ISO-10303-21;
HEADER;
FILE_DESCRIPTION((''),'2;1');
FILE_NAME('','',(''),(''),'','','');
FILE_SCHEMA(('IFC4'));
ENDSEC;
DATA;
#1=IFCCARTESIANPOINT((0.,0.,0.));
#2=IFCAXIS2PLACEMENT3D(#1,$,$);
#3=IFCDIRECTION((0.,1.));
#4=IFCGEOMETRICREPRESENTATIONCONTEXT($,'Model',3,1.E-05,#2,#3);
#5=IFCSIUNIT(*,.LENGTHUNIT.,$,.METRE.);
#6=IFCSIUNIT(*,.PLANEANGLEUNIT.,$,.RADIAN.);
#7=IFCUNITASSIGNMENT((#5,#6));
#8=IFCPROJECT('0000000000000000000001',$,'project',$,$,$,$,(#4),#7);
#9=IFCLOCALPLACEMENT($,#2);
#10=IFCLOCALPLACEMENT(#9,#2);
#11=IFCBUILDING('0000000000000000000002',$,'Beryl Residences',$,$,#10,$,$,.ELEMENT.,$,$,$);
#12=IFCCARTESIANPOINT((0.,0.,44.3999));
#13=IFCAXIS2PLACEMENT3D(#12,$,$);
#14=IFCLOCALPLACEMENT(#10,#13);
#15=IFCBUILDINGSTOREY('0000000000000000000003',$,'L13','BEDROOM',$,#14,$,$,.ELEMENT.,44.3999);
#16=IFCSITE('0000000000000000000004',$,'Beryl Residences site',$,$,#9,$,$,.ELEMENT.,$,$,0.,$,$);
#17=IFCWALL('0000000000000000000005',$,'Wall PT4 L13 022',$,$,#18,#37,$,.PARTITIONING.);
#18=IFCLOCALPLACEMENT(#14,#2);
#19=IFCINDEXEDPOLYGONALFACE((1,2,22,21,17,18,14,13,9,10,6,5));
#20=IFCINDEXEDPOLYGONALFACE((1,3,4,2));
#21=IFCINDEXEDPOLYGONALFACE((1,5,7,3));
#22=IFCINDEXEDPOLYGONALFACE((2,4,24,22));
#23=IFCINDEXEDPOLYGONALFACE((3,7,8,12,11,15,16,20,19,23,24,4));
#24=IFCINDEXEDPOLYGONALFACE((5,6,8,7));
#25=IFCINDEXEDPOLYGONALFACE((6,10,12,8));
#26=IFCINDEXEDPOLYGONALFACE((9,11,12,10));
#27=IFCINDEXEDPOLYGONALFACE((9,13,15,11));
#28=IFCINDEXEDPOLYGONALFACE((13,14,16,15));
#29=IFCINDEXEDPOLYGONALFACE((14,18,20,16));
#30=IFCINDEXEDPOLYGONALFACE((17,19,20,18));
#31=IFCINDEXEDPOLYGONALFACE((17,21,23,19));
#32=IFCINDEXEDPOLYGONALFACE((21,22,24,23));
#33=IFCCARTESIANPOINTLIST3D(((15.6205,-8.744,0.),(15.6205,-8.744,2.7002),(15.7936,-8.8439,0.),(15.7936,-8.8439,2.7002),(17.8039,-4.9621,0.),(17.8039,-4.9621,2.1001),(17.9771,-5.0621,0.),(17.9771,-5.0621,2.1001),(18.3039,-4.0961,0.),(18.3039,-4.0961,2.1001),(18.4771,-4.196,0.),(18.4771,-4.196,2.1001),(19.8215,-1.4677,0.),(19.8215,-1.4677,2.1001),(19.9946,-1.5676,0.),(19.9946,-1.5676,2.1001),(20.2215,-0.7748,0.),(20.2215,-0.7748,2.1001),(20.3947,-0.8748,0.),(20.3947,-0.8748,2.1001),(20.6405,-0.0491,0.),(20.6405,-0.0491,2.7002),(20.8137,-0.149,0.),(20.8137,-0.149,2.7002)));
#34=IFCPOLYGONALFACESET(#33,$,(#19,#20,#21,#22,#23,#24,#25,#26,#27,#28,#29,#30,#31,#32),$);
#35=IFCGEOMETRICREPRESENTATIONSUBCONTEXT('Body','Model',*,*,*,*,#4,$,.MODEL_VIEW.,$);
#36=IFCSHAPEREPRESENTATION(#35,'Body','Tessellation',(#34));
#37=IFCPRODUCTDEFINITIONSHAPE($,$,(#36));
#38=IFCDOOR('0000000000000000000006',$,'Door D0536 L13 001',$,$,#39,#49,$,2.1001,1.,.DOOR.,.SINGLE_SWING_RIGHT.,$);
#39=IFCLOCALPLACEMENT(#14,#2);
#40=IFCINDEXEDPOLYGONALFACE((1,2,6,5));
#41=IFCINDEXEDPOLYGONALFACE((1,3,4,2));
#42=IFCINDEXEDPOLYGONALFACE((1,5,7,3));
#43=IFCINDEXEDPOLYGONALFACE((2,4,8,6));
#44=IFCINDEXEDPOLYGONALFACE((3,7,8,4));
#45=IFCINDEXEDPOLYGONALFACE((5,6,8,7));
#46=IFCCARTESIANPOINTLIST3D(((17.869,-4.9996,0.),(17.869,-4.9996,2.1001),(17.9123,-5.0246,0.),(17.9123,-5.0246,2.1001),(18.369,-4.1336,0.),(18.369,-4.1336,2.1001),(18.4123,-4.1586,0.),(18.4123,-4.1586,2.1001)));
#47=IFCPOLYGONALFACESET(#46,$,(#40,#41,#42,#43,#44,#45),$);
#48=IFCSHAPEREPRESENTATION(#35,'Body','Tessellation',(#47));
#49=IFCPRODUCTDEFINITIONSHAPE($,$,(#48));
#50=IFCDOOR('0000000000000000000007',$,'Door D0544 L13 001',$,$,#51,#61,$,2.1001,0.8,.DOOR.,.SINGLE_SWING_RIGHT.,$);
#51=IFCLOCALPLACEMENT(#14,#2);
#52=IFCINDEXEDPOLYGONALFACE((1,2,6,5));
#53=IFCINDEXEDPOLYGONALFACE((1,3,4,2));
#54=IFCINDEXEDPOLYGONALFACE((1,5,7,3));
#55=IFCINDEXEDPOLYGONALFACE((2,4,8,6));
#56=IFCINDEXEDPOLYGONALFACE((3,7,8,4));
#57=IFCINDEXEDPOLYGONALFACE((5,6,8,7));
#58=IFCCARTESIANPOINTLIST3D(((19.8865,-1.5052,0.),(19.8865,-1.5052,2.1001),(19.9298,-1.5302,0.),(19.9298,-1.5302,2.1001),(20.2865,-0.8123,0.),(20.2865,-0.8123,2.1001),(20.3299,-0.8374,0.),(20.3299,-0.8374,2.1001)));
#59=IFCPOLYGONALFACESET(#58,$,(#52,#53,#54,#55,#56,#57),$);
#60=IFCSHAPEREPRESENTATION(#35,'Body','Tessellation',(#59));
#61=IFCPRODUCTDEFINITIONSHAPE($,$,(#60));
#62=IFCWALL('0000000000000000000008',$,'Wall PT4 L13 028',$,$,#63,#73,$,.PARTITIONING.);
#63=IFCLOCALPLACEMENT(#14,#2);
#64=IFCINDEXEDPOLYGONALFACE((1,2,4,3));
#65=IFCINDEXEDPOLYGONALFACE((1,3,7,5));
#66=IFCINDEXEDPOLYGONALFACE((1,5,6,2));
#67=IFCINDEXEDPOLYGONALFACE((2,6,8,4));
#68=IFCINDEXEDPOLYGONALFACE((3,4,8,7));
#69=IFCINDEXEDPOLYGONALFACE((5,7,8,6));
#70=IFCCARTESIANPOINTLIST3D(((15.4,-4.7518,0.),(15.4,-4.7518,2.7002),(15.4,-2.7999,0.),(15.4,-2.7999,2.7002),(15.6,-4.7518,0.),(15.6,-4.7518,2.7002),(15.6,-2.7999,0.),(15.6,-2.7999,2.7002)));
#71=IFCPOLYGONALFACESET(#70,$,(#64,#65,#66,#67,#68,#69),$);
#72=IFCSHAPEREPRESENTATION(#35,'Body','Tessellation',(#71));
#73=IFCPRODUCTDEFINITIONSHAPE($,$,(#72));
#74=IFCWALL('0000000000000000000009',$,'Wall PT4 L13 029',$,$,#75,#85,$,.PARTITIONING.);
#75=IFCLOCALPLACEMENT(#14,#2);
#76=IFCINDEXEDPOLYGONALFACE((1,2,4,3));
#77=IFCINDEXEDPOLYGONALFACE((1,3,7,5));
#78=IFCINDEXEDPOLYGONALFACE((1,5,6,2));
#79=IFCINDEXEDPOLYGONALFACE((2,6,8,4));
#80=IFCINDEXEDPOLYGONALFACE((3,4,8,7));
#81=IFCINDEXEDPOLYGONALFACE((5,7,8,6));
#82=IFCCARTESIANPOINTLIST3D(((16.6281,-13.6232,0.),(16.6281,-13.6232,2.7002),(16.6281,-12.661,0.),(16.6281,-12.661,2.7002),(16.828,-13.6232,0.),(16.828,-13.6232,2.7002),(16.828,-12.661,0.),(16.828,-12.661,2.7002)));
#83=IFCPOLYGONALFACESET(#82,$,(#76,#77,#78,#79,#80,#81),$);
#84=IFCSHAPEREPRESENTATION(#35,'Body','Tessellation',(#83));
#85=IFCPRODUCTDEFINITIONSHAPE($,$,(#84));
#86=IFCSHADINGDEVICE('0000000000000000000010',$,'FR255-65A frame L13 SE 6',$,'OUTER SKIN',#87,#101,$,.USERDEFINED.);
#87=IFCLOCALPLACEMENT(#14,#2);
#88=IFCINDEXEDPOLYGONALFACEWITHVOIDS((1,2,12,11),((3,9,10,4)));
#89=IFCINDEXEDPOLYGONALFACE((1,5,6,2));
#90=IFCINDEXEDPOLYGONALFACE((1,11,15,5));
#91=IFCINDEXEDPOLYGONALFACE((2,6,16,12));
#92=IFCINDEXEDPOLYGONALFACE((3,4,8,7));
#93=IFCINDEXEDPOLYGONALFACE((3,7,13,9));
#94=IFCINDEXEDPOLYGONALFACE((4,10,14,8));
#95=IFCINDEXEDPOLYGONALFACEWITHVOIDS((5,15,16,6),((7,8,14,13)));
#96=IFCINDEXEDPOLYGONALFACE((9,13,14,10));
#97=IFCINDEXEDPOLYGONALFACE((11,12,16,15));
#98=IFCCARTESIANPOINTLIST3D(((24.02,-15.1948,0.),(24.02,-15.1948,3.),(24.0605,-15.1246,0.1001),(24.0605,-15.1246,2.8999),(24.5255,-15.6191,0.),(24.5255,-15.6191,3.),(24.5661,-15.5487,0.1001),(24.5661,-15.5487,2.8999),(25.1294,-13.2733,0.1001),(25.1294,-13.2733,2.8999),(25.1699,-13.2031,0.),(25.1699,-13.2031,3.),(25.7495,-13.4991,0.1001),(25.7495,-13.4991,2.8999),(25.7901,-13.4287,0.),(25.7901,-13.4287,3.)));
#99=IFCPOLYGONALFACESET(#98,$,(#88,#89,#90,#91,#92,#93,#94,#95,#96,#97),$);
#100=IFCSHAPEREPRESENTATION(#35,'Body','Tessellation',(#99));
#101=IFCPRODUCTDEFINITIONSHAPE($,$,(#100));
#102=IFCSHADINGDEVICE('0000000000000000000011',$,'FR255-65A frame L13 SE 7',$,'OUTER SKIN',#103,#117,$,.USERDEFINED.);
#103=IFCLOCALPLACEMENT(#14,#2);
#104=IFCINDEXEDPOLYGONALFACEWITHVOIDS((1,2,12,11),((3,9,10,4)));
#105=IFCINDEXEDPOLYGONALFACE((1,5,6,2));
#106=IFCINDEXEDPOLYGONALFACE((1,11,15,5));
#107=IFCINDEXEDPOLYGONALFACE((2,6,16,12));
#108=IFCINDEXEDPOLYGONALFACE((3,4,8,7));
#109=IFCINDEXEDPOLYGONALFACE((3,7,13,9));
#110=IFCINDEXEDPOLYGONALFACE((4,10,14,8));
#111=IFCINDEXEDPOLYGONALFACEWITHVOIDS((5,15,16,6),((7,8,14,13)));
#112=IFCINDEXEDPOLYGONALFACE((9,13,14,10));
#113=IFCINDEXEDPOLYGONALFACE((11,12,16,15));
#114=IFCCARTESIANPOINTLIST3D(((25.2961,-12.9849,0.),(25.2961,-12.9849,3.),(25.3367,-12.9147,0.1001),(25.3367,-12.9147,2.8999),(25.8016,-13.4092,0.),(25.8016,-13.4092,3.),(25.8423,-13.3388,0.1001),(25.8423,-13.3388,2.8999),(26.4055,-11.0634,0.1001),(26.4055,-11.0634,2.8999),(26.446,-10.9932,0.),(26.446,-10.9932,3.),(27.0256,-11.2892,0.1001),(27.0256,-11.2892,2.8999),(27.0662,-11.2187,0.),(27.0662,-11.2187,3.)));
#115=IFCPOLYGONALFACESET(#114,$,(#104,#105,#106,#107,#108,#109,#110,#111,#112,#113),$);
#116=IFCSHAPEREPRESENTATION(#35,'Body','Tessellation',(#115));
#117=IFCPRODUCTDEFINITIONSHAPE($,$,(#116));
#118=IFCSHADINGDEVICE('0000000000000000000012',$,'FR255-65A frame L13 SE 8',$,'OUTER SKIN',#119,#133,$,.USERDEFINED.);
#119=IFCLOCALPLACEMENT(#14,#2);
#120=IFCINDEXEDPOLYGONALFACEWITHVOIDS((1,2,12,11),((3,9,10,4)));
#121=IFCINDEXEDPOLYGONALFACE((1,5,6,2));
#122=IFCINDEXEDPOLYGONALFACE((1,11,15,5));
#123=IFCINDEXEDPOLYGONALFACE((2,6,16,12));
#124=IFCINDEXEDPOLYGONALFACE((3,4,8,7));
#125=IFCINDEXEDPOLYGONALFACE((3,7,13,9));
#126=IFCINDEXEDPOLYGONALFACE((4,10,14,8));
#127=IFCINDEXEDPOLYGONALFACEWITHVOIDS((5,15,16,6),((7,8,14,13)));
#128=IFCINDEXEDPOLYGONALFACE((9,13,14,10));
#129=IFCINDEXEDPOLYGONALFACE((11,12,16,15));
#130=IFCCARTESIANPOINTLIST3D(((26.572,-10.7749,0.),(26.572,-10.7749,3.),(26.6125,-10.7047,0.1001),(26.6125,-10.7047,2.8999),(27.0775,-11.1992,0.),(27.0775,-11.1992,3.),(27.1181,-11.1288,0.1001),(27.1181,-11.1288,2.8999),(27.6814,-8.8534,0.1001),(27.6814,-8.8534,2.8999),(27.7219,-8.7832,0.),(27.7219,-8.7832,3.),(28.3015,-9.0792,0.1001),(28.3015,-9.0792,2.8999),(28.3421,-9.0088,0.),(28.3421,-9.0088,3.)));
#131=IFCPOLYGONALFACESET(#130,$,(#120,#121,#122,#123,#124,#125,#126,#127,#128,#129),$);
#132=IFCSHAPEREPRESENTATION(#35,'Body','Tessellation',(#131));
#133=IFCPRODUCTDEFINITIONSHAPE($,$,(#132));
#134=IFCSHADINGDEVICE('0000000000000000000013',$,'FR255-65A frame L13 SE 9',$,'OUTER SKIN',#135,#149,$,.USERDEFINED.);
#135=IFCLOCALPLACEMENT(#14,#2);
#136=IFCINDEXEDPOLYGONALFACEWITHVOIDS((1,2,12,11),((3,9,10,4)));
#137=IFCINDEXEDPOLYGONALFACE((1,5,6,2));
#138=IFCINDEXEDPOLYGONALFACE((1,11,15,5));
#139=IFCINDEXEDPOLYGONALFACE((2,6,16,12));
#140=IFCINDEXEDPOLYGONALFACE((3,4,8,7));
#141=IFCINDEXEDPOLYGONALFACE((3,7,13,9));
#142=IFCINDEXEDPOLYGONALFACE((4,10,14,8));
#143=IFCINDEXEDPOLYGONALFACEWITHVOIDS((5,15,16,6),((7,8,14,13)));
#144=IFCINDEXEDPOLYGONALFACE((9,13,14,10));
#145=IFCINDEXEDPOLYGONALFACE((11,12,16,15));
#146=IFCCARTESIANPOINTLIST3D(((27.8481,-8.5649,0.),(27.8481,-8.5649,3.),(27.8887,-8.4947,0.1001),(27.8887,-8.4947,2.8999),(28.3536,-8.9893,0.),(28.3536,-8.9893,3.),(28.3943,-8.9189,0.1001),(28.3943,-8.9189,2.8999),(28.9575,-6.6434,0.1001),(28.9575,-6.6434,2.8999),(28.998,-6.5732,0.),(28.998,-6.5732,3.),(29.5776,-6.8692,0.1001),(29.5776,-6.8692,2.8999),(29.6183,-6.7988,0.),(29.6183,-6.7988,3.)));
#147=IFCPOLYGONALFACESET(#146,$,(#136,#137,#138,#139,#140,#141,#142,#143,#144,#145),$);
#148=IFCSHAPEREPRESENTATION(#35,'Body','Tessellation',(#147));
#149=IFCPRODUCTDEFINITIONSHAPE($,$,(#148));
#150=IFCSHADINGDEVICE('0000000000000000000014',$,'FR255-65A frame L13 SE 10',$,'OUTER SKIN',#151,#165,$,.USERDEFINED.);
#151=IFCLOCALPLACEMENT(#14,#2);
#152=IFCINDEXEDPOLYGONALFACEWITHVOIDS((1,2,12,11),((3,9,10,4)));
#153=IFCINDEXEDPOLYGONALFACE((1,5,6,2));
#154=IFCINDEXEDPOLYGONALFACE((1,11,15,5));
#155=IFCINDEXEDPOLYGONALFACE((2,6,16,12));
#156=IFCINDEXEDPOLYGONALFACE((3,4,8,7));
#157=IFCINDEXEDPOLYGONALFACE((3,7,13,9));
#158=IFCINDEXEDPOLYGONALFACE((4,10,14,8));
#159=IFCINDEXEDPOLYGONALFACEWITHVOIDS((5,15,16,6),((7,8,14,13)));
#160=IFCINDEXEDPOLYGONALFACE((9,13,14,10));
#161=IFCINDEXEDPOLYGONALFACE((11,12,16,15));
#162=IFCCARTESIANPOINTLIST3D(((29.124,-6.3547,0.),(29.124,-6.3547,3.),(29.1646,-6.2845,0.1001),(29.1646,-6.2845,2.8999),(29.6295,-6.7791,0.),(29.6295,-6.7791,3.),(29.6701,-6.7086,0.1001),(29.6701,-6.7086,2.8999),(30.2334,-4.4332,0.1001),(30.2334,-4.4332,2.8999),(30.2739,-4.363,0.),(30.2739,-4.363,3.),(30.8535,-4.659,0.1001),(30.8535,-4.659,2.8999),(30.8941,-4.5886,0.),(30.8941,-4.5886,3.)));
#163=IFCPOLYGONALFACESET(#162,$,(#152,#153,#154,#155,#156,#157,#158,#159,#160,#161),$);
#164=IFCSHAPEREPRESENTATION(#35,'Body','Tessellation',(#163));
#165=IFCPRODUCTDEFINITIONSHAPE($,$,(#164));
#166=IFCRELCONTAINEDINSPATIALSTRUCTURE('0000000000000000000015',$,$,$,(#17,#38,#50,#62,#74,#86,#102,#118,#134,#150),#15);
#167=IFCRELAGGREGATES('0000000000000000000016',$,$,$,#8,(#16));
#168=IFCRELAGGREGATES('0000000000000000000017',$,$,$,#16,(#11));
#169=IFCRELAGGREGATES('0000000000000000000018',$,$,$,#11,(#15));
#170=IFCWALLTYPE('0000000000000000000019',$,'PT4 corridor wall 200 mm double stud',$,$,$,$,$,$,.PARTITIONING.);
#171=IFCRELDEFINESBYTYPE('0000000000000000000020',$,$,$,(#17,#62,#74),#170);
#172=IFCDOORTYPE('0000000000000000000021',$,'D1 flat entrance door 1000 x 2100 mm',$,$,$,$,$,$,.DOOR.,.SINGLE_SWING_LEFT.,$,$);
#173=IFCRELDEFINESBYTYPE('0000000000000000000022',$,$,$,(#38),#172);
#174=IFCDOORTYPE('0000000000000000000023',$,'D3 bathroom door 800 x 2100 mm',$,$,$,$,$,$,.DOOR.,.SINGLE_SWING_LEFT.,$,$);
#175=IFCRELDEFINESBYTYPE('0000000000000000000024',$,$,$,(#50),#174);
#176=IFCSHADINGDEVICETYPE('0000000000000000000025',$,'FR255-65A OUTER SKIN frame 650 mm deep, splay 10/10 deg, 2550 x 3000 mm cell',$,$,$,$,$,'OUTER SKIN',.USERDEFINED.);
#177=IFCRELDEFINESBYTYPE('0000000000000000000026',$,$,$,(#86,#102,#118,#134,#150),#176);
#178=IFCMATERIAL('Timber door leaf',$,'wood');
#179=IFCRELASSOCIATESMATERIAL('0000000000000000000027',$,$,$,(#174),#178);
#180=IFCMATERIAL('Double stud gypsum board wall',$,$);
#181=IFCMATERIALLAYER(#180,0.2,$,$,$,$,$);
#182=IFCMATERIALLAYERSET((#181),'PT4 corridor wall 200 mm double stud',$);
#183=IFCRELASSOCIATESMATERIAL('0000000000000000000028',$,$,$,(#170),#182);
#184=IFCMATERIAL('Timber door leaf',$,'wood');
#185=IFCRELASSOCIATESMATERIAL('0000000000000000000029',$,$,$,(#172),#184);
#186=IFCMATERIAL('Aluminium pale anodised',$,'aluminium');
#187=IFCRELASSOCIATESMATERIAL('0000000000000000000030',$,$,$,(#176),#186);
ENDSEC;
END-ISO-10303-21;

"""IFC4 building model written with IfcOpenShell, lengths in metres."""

from ifc_helpers import new_model, entity, si_unit, direction, frame, frame_2d, origin, place, context, subcontext, project, spatial, rectangle, extrude, source, transform, mapped, material, layer, layer_set, type_object, type_shapes, element, fill, save


model = new_model("IFC4")

# Units and contexts
model_context = context("Model", 3, precision=1e-05, world=origin(), true_north=direction((0.0, 1.0)))
body_context = subcontext(model_context, "Body", "Model", "MODEL_VIEW")
ifc_project = project(units=[si_unit("LENGTHUNIT", "METRE"), si_unit("PLANEANGLEUNIT", "RADIAN")], contexts=[model_context])

# Site, building, storey
site_placement = place(None, origin())
site = spatial("IfcSite", under=ifc_project, at=site_placement, Name="Beryl Residences site", CompositionType="ELEMENT", RefElevation=0.0)
building_placement = place(site_placement, origin())
building = spatial("IfcBuilding", under=site, at=building_placement, Name="Beryl Residences", CompositionType="ELEMENT")
storey_placement = place(building_placement, frame((0.0, 0.0, 44.3999)))
storey = spatial("IfcBuildingStorey", under=building, at=storey_placement, Name="L13", Description="BEDROOM", CompositionType="ELEMENT", Elevation=44.3999)

# Shared definitions
ifc_material_1 = material(Name="Timber door leaf", Category="wood")
door_type_1 = type_object("IfcDoorType", Name="D3 bathroom door 800 x 2100 mm", OperationType="SINGLE_SWING_LEFT", PredefinedType="DOOR", material=ifc_material_1)

# Shared definitions
ifc_material_2 = material(Name="Double stud gypsum board wall")
ifc_layer_1 = layer(ifc_material_2, 0.2)
ifc_layer_set_1 = layer_set([ifc_layer_1], Name="PT4 corridor wall 200 mm double stud")
wall_type_1 = type_object("IfcWallType", Name="PT4 corridor wall 200 mm double stud", PredefinedType="PARTITIONING", material=ifc_layer_set_1)

# Wall, openings, doors
wall_1_placement = place(storey_placement, frame((15.707, -8.7939, 0.0), z_axis=(0.0, 0.0, 1.0), x_axis=(0.500005, 0.866023, 0.0)))
wall_1 = element("IfcWall", 1, at=wall_1_placement, inside=storey, type_object=wall_type_1, Name="Wall PT4 L13 022", PredefinedType="PARTITIONING", context=body_context, shape_type="SweptSolid", body=[
    extrude(rectangle(XDim=10.04, YDim=0.2, at=frame_2d((5.02, 0.0))), origin(), (0.0, 0.0, 1.0), 2.7002),
])
opening_1_placement = place(wall_1_placement, frame((4.3669, 0.0, 0.0)))
opening_1 = element("IfcOpeningElement", 2, at=opening_1_placement, cuts=wall_1, PredefinedType="OPENING", context=body_context, shape_type="SweptSolid", body=[
    extrude(rectangle(XDim=1.0, YDim=2.1001, at=frame_2d((0.5, 1.05))), frame((0.0, 0.1099, 0.0), z_axis=(0.0, -1.0, 0.0), x_axis=(1.0, 0.0, 0.0)), (0.0, 0.0, 1.0), 0.22),
])
opening_2_placement = place(wall_1_placement, frame((8.4021, 0.0, 0.0)))
opening_2 = element("IfcOpeningElement", 3, at=opening_2_placement, cuts=wall_1, PredefinedType="OPENING", context=body_context, shape_type="SweptSolid", body=[
    extrude(rectangle(XDim=0.8, YDim=2.1001, at=frame_2d((0.3999, 1.05))), frame((0.0, 0.1099, 0.0), z_axis=(0.0, -1.0, 0.0), x_axis=(1.0, 0.0, 0.0)), (0.0, 0.0, 1.0), 0.22),
])
ifc_material_3 = material(Name="Timber door leaf", Category="wood")
door_type_2 = type_object("IfcDoorType", Name="D1 flat entrance door 1000 x 2100 mm", OperationType="SINGLE_SWING_LEFT", PredefinedType="DOOR", material=ifc_material_3)
door_1_placement = place(opening_1_placement, origin())
door_1 = element("IfcDoor", 4, at=door_1_placement, inside=storey, type_object=door_type_2, Name="Door D0536 L13 001", OperationType="SINGLE_SWING_RIGHT", OverallHeight=2.1001, OverallWidth=1.0, PredefinedType="DOOR", context=body_context, shape_type="SweptSolid", body=[
    extrude(rectangle(XDim=1.0, YDim=2.1001, at=frame_2d((0.5, 1.05))), frame((0.0, 0.0249, 0.0), z_axis=(0.0, -1.0, 0.0), x_axis=(1.0, 0.0, 0.0)), (0.0, 0.0, 1.0), 0.05),
])
fill(opening_1, door_1)
door_2_placement = place(opening_2_placement, origin())
door_2 = element("IfcDoor", 5, at=door_2_placement, inside=storey, type_object=door_type_1, Name="Door D0544 L13 001", OperationType="SINGLE_SWING_RIGHT", OverallHeight=2.1001, OverallWidth=0.8, PredefinedType="DOOR", context=body_context, shape_type="SweptSolid", body=[
    extrude(rectangle(XDim=0.8, YDim=2.1001, at=frame_2d((0.3999, 1.05))), frame((0.0, 0.0249, 0.0), z_axis=(0.0, -1.0, 0.0), x_axis=(1.0, 0.0, 0.0)), (0.0, 0.0, 1.0), 0.05),
])
fill(opening_2, door_2)

# Walls
wall_2_placement = place(storey_placement, frame((15.5, -4.752, 0.0), z_axis=(0.0, 0.0, 1.0), x_axis=(0.0, 1.0, 0.0)))
element("IfcWall", 6, at=wall_2_placement, inside=storey, type_object=wall_type_1, Name="Wall PT4 L13 028", PredefinedType="PARTITIONING", context=body_context, shape_type="SweptSolid", body=[
    extrude(rectangle(XDim=1.9519, YDim=0.2, at=frame_2d((0.9761, 0.0))), origin(), (0.0, 0.0, 1.0), 2.7002),
])
wall_3_placement = place(storey_placement, frame((16.728, -13.623, 0.0), z_axis=(0.0, 0.0, 1.0), x_axis=(0.0, 1.0, 0.0)))
element("IfcWall", 7, at=wall_3_placement, inside=storey, type_object=wall_type_1, Name="Wall PT4 L13 029", PredefinedType="PARTITIONING", context=body_context, shape_type="SweptSolid", body=[
    extrude(rectangle(XDim=0.9622, YDim=0.2, at=frame_2d((0.481, 0.0))), origin(), (0.0, 0.0, 1.0), 2.7002),
])

# Shading devices
ifc_material_4 = material(Name="Aluminium pale anodised", Category="aluminium")
shading_device_type = type_object("IfcShadingDeviceType", Name="FR255-65A OUTER SKIN frame 650 mm deep, splay 10/10 deg, 2550 x 3000 mm cell", ElementType="OUTER SKIN", PredefinedType="USERDEFINED", material=ifc_material_4)
cartesian_point_1 = entity("IfcCartesianPoint", [-1.1499, 0.0])
cartesian_point_2 = entity("IfcCartesianPoint", [-1.0688, 0.1001])
cartesian_point_3 = entity("IfcCartesianPoint", [-1.2646, 0.0])
cartesian_point_4 = entity("IfcCartesianPoint", [-1.1833, 0.1001])
shared_shape = source(origin(), body_context, "Body", "SweptSolid", [
    entity("IfcExtrudedAreaSolidTapered", entity("IfcArbitraryProfileDefWithVoids", "AREA", None, entity("IfcPolyline", [cartesian_point_1, entity("IfcCartesianPoint", [1.1499, 0.0]), entity("IfcCartesianPoint", [1.1499, 3.0]), entity("IfcCartesianPoint", [-1.1499, 3.0]), cartesian_point_1]), [entity("IfcPolyline", [cartesian_point_2, entity("IfcCartesianPoint", [1.0688, 0.1001]), entity("IfcCartesianPoint", [1.0688, 2.8999]), entity("IfcCartesianPoint", [-1.0688, 2.8999]), cartesian_point_2])]), entity("IfcAxis2Placement3D", entity("IfcCartesianPoint", [0.0, 0.0, 0.0]), entity("IfcDirection", [0.0, 1.0, 0.0]), entity("IfcDirection", [-1.0, 0.0, 0.0])), entity("IfcDirection", [0.0, 0.0, 1.0]), 0.6499, entity("IfcArbitraryProfileDefWithVoids", "AREA", None, entity("IfcPolyline", [cartesian_point_3, entity("IfcCartesianPoint", [1.2646, 0.0]), entity("IfcCartesianPoint", [1.2646, 3.0]), entity("IfcCartesianPoint", [-1.2646, 3.0]), cartesian_point_3]), [entity("IfcPolyline", [cartesian_point_4, entity("IfcCartesianPoint", [1.1833, 0.1001]), entity("IfcCartesianPoint", [1.1833, 2.8999]), entity("IfcCartesianPoint", [-1.1833, 2.8999]), cartesian_point_4])])),
])
type_shapes(shading_device_type, [shared_shape])
for number, where, z_axis, x_axis, name in (
    (8, (24.595, -14.199, 0.0), (0.0, 0.0, 1.0), (-0.5, -0.866025, 0.0), "FR255-65A frame L13 SE 6"),
    (9, (25.8711, -11.989, 0.0), (0.0, 0.0, 1.0), (-0.5, -0.866025, 0.0), "FR255-65A frame L13 SE 7"),
    (10, (27.147, -9.7791, 0.0), (0.0, 0.0, 1.0), (-0.5, -0.866025, 0.0), "FR255-65A frame L13 SE 8"),
    (11, (28.4231, -7.5691, 0.0), (0.0, 0.0, 1.0), (-0.5, -0.866025, 0.0), "FR255-65A frame L13 SE 9"),
    (12, (29.699, -5.3589, 0.0), (0.0, 0.0, 1.0), (-0.5, -0.866025, 0.0), "FR255-65A frame L13 SE 10"),
):
    element("IfcShadingDevice", number, at=place(storey_placement, frame(where, z_axis=z_axis, x_axis=x_axis)), inside=storey, type_object=shading_device_type, Name=name, ObjectType="OUTER SKIN", PredefinedType="USERDEFINED", context=body_context, shape_type="MappedRepresentation", body=[
        mapped(shared_shape, transform((0.0, 0.0, 0.0))),
    ])

save(model, "model.ifc")
